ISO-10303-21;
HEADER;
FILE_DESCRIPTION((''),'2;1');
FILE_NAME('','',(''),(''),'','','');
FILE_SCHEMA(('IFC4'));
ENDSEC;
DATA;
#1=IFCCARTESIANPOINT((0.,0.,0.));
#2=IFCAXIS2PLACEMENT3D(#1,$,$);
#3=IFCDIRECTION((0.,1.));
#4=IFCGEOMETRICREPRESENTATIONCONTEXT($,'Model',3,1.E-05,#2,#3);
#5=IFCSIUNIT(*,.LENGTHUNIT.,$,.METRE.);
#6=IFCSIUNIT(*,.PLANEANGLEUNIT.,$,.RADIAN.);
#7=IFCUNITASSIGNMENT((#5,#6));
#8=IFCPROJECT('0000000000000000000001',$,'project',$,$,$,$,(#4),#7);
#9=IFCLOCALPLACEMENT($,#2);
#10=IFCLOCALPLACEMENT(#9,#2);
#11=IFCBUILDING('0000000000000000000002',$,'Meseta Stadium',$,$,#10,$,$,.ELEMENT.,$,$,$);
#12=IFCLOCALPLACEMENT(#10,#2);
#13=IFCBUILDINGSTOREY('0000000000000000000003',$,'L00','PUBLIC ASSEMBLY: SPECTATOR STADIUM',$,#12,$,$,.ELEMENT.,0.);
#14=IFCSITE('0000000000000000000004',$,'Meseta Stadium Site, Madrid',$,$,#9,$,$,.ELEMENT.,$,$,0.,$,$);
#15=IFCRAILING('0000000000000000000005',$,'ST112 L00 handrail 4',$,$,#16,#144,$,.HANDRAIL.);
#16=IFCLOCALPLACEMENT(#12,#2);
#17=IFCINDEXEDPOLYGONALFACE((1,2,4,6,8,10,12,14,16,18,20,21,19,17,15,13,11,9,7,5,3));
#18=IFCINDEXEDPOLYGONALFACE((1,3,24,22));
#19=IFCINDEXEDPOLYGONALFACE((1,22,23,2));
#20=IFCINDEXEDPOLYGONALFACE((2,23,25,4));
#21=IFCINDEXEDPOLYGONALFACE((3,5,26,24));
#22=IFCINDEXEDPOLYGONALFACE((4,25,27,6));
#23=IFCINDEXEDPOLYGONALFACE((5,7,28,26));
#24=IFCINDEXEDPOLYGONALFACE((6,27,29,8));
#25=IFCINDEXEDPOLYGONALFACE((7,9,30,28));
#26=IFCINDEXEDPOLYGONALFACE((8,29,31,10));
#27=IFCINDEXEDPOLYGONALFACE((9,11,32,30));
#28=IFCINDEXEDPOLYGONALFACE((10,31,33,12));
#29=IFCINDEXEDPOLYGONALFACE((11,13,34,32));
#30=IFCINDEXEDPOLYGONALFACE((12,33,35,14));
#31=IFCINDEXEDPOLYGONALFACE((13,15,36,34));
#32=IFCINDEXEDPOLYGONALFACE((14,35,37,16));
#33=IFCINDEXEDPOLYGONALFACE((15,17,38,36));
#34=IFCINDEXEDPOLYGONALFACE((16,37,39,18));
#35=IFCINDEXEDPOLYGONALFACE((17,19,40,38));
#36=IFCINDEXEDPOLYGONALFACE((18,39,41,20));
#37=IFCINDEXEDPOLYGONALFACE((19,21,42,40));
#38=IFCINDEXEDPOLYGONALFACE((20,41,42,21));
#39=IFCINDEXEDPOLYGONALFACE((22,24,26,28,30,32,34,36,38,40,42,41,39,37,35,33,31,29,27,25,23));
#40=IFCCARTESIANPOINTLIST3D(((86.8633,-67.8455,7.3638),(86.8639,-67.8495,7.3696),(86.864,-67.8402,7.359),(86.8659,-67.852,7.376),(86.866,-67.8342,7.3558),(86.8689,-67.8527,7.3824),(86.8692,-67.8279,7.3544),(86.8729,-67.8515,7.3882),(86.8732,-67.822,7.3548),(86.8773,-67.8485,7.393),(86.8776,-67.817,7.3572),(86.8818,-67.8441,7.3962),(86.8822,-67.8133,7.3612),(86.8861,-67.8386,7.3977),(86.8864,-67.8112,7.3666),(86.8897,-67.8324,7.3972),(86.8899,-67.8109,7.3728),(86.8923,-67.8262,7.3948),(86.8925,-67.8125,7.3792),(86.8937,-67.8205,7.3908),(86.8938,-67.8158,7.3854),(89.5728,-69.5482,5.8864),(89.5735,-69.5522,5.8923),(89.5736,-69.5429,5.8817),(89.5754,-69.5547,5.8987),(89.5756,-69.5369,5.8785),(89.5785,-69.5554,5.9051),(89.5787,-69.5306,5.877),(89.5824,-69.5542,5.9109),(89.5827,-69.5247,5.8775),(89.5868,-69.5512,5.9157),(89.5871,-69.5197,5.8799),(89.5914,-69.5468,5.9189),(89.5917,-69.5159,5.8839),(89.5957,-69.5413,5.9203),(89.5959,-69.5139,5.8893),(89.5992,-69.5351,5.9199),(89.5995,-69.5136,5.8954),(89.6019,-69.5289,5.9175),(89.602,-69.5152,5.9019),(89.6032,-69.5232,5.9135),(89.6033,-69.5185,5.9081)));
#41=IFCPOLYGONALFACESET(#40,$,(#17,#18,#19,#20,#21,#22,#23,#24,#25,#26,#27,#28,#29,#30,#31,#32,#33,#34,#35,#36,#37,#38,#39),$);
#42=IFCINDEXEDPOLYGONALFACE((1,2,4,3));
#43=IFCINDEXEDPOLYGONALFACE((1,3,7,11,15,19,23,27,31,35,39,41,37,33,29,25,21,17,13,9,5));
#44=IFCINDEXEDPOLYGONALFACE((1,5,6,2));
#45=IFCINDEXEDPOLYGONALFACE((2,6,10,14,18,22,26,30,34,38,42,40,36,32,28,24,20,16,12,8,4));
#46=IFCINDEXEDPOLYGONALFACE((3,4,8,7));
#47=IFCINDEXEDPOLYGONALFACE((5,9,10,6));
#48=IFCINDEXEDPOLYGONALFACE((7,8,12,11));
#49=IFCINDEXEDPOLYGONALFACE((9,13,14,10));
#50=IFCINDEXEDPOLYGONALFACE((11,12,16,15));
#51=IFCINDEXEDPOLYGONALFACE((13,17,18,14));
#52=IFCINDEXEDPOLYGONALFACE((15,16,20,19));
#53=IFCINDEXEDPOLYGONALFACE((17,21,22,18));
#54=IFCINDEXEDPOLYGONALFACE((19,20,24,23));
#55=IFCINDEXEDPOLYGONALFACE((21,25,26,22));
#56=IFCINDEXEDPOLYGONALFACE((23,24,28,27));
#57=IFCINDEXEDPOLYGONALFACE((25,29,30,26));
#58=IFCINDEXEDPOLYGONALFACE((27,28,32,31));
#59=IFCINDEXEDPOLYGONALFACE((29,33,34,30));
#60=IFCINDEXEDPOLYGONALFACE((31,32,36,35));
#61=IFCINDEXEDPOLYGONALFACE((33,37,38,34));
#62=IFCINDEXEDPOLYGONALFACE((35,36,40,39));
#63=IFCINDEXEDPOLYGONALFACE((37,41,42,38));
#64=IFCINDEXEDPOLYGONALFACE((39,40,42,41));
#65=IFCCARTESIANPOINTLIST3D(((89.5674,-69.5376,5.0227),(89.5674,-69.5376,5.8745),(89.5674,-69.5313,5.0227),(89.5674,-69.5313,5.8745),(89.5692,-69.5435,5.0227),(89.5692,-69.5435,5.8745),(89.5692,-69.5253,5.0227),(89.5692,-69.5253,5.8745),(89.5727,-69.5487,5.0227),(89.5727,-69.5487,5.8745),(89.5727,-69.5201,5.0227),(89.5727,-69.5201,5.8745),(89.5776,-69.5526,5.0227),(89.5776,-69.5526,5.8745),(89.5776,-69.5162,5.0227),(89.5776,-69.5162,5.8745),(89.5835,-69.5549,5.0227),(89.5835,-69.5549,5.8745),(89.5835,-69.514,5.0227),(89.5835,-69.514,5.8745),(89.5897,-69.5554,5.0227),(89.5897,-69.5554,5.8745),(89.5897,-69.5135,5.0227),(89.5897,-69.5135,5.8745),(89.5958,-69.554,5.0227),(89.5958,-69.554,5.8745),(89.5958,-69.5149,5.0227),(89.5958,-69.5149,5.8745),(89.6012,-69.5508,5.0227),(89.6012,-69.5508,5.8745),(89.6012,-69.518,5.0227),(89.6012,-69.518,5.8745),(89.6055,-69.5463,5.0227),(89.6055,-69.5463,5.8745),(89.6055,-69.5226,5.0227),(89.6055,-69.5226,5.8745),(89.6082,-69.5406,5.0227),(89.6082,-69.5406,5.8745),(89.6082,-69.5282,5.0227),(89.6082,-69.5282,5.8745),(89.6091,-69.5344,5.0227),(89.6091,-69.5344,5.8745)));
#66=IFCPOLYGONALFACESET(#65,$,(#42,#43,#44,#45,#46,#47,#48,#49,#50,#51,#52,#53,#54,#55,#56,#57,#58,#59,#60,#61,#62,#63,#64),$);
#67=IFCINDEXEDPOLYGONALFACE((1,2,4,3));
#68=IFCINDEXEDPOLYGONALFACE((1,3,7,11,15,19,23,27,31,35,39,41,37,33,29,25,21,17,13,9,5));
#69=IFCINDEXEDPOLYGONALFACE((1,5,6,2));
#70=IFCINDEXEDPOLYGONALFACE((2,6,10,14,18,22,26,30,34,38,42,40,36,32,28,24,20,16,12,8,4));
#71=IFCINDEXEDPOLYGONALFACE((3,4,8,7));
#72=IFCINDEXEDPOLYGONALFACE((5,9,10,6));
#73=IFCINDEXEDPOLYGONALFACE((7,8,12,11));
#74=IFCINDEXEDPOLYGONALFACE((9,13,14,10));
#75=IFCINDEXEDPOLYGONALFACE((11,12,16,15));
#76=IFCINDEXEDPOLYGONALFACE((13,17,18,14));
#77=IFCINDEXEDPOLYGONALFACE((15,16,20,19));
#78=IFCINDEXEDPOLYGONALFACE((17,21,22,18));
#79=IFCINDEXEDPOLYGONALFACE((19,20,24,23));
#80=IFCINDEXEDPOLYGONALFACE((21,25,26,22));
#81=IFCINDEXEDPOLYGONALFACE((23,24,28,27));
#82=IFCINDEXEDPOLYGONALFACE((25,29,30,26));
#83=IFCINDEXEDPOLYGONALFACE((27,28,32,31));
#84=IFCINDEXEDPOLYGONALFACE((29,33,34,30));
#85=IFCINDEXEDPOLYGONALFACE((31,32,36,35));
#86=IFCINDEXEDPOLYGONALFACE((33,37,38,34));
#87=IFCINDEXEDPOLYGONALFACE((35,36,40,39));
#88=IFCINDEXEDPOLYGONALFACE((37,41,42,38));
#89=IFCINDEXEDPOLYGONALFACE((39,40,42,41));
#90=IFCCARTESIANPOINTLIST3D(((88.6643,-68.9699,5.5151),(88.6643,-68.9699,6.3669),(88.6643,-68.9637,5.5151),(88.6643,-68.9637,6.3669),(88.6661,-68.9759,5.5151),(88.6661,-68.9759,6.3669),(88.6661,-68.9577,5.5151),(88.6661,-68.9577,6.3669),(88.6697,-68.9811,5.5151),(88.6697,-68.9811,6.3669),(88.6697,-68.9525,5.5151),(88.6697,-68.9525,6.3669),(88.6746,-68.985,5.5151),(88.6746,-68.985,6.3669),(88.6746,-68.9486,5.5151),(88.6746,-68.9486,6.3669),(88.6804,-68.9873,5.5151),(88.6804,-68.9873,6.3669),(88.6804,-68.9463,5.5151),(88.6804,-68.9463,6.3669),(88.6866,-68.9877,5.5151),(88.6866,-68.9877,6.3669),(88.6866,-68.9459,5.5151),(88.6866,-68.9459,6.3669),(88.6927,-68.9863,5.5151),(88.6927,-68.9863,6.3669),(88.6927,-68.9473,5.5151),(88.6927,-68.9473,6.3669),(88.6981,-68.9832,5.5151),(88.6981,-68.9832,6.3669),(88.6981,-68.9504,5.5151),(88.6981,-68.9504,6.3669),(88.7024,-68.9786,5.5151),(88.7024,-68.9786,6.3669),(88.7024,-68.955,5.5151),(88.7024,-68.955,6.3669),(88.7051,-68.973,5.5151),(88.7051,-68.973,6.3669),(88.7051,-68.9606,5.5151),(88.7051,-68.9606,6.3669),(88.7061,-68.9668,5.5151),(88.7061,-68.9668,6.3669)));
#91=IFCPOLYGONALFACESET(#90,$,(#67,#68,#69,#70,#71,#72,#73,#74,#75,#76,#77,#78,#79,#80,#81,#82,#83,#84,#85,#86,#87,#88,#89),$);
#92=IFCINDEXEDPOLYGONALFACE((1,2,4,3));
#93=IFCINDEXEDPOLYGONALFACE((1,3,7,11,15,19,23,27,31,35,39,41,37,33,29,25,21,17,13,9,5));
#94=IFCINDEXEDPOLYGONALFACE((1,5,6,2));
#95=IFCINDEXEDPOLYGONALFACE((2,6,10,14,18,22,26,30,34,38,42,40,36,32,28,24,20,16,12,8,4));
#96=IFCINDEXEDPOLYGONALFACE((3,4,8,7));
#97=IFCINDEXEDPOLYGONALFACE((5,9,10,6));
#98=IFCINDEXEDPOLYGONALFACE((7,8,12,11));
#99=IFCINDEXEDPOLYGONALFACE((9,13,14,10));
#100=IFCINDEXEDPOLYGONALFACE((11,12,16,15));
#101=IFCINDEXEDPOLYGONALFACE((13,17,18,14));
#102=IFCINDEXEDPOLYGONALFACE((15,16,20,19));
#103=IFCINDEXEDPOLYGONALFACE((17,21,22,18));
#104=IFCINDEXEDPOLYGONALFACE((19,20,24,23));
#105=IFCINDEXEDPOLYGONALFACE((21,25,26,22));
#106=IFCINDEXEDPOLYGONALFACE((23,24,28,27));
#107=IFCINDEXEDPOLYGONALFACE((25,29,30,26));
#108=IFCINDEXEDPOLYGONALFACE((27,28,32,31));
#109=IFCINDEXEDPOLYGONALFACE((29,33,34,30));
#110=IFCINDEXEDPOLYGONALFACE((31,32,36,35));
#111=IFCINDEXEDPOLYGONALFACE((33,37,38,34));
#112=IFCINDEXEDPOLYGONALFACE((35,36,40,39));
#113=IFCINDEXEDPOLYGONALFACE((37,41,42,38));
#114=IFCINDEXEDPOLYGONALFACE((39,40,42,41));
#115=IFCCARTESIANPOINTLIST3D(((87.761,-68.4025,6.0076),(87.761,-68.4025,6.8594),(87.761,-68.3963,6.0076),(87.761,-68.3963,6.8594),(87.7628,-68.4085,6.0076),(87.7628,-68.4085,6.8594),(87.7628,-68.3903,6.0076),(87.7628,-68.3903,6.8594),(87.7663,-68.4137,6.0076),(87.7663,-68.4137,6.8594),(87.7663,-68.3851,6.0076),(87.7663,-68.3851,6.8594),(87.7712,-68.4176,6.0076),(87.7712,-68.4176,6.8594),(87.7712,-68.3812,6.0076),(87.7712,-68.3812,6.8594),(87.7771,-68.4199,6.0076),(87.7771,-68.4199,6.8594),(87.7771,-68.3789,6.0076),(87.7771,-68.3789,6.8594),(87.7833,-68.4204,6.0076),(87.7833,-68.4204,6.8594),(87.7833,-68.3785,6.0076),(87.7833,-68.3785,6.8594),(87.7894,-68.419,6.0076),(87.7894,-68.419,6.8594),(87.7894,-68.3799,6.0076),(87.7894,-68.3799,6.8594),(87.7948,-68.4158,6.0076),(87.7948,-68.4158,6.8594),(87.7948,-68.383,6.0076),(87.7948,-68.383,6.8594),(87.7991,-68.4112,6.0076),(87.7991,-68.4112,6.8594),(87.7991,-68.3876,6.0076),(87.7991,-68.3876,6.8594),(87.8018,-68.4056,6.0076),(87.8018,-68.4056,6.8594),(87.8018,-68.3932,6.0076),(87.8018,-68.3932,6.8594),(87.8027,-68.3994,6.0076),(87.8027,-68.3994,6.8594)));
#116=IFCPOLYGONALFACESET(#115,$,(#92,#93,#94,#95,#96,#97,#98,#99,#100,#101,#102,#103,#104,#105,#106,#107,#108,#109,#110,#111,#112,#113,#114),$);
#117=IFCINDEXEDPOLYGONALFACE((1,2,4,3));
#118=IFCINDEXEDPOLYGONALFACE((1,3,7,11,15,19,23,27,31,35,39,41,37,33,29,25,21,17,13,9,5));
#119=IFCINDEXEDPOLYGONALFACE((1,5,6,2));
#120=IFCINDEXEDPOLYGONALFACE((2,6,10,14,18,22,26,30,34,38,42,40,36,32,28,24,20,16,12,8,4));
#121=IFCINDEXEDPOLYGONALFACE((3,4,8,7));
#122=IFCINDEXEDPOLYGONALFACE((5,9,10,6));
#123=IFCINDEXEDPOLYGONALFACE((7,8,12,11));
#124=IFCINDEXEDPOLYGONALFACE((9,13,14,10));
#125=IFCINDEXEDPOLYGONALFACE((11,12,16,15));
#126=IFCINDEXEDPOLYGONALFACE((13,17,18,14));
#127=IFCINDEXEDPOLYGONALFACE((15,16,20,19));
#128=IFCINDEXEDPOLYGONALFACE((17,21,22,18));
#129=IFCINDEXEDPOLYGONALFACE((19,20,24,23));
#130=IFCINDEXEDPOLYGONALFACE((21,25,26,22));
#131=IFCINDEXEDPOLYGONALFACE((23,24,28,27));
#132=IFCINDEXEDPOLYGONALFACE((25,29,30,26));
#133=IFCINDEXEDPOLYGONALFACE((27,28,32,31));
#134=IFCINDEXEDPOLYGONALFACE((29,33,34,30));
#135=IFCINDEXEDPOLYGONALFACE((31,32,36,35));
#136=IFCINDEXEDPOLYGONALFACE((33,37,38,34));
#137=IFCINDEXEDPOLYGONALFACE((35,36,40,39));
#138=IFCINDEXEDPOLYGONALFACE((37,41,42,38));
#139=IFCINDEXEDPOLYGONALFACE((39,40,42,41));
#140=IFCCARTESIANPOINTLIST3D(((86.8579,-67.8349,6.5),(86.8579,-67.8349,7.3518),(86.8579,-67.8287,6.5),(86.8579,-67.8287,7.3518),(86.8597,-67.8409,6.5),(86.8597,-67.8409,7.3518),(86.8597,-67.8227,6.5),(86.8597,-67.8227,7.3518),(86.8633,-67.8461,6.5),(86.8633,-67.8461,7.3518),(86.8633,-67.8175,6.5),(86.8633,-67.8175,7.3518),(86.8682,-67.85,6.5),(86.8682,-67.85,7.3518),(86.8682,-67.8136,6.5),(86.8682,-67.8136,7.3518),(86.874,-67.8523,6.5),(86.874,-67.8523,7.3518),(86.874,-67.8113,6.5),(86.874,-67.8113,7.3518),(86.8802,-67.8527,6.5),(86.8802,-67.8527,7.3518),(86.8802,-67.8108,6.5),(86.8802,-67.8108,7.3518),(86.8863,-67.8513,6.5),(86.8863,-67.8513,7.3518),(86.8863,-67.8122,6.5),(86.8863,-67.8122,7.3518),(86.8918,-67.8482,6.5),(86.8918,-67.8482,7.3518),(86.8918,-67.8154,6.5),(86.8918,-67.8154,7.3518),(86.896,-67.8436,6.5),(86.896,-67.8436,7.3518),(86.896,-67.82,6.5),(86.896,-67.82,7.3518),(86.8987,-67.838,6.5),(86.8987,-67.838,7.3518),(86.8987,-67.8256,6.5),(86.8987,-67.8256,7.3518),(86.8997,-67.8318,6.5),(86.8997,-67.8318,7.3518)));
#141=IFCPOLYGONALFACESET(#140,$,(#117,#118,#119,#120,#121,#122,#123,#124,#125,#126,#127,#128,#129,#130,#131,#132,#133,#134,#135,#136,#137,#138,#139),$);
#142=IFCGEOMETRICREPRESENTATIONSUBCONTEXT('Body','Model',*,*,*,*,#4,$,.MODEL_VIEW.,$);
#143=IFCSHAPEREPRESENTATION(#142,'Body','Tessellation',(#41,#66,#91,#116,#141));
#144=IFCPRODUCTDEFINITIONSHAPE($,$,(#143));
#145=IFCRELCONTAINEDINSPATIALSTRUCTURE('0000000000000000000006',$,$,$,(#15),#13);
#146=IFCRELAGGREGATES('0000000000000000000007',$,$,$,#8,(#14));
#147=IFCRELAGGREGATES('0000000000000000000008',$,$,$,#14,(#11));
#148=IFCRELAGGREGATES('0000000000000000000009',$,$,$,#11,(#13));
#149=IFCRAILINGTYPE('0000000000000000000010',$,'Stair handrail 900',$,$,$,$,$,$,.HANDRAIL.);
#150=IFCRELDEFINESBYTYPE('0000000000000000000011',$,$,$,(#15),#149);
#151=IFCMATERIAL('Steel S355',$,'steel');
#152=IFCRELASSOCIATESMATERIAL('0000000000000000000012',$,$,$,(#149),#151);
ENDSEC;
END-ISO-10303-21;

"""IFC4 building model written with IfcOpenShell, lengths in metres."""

from ifc_helpers import new_model, si_unit, direction, frame, origin, origin_2d, place, context, subcontext, project, spatial, circle, extrude, material, type_object, element, save


model = new_model("IFC4")

# Units and contexts
model_context = context("Model", 3, precision=1e-05, world=origin(), true_north=direction((0.0, 1.0)))
body_context = subcontext(model_context, "Body", "Model", "MODEL_VIEW")
ifc_project = project(units=[si_unit("LENGTHUNIT", "METRE"), si_unit("PLANEANGLEUNIT", "RADIAN")], contexts=[model_context])

# Site, building, storey
site_placement = place(None, origin())
site = spatial("IfcSite", under=ifc_project, at=site_placement, Name="Meseta Stadium Site, Madrid", CompositionType="ELEMENT", RefElevation=0.0)
building_placement = place(site_placement, origin())
building = spatial("IfcBuilding", under=site, at=building_placement, Name="Meseta Stadium", CompositionType="ELEMENT")
storey_placement = place(building_placement, origin())
storey = spatial("IfcBuildingStorey", under=building, at=storey_placement, Name="L00", Description="PUBLIC ASSEMBLY: SPECTATOR STADIUM", CompositionType="ELEMENT", Elevation=0.0)

# Railing
ifc_material_1 = material(Name="Steel S355", Category="steel")
railing_type_1 = type_object("IfcRailingType", Name="Stair handrail 900", PredefinedType="HANDRAIL", material=ifc_material_1)
for number, where, name in (
    (1, (89.5881, -69.5344, 5.0227), "ST112 L00 handrail 4"),
):
    element("IfcRailing", number, at=place(storey_placement, frame(where)), inside=storey, type_object=railing_type_1, Name=name, PredefinedType="HANDRAIL", context=body_context, shape_type="SweptSolid", body=[
        extrude(circle(Radius=0.0239, at=origin_2d()), frame((0.0, 0.0, 0.876), z_axis=(-0.768738, 0.483076, 0.419142), x_axis=(-0.532068, -0.846701, 0.0)), (0.0, 0.0, 1.0), 3.5247),
        extrude(circle(Radius=0.021, at=origin_2d()), origin(), (0.0, 0.0, 1.0), 0.8518),
        extrude(circle(Radius=0.021, at=origin_2d()), frame((-0.9031, 0.5676, 0.4924)), (0.0, 0.0, 1.0), 0.8518),
        extrude(circle(Radius=0.021, at=origin_2d()), frame((-1.8064, 1.135, 0.9849)), (0.0, 0.0, 1.0), 0.8518),
        extrude(circle(Radius=0.021, at=origin_2d()), frame((-2.7095, 1.7026, 1.4773)), (0.0, 0.0, 1.0), 0.8518),
    ])

save(model, "model.ifc")
